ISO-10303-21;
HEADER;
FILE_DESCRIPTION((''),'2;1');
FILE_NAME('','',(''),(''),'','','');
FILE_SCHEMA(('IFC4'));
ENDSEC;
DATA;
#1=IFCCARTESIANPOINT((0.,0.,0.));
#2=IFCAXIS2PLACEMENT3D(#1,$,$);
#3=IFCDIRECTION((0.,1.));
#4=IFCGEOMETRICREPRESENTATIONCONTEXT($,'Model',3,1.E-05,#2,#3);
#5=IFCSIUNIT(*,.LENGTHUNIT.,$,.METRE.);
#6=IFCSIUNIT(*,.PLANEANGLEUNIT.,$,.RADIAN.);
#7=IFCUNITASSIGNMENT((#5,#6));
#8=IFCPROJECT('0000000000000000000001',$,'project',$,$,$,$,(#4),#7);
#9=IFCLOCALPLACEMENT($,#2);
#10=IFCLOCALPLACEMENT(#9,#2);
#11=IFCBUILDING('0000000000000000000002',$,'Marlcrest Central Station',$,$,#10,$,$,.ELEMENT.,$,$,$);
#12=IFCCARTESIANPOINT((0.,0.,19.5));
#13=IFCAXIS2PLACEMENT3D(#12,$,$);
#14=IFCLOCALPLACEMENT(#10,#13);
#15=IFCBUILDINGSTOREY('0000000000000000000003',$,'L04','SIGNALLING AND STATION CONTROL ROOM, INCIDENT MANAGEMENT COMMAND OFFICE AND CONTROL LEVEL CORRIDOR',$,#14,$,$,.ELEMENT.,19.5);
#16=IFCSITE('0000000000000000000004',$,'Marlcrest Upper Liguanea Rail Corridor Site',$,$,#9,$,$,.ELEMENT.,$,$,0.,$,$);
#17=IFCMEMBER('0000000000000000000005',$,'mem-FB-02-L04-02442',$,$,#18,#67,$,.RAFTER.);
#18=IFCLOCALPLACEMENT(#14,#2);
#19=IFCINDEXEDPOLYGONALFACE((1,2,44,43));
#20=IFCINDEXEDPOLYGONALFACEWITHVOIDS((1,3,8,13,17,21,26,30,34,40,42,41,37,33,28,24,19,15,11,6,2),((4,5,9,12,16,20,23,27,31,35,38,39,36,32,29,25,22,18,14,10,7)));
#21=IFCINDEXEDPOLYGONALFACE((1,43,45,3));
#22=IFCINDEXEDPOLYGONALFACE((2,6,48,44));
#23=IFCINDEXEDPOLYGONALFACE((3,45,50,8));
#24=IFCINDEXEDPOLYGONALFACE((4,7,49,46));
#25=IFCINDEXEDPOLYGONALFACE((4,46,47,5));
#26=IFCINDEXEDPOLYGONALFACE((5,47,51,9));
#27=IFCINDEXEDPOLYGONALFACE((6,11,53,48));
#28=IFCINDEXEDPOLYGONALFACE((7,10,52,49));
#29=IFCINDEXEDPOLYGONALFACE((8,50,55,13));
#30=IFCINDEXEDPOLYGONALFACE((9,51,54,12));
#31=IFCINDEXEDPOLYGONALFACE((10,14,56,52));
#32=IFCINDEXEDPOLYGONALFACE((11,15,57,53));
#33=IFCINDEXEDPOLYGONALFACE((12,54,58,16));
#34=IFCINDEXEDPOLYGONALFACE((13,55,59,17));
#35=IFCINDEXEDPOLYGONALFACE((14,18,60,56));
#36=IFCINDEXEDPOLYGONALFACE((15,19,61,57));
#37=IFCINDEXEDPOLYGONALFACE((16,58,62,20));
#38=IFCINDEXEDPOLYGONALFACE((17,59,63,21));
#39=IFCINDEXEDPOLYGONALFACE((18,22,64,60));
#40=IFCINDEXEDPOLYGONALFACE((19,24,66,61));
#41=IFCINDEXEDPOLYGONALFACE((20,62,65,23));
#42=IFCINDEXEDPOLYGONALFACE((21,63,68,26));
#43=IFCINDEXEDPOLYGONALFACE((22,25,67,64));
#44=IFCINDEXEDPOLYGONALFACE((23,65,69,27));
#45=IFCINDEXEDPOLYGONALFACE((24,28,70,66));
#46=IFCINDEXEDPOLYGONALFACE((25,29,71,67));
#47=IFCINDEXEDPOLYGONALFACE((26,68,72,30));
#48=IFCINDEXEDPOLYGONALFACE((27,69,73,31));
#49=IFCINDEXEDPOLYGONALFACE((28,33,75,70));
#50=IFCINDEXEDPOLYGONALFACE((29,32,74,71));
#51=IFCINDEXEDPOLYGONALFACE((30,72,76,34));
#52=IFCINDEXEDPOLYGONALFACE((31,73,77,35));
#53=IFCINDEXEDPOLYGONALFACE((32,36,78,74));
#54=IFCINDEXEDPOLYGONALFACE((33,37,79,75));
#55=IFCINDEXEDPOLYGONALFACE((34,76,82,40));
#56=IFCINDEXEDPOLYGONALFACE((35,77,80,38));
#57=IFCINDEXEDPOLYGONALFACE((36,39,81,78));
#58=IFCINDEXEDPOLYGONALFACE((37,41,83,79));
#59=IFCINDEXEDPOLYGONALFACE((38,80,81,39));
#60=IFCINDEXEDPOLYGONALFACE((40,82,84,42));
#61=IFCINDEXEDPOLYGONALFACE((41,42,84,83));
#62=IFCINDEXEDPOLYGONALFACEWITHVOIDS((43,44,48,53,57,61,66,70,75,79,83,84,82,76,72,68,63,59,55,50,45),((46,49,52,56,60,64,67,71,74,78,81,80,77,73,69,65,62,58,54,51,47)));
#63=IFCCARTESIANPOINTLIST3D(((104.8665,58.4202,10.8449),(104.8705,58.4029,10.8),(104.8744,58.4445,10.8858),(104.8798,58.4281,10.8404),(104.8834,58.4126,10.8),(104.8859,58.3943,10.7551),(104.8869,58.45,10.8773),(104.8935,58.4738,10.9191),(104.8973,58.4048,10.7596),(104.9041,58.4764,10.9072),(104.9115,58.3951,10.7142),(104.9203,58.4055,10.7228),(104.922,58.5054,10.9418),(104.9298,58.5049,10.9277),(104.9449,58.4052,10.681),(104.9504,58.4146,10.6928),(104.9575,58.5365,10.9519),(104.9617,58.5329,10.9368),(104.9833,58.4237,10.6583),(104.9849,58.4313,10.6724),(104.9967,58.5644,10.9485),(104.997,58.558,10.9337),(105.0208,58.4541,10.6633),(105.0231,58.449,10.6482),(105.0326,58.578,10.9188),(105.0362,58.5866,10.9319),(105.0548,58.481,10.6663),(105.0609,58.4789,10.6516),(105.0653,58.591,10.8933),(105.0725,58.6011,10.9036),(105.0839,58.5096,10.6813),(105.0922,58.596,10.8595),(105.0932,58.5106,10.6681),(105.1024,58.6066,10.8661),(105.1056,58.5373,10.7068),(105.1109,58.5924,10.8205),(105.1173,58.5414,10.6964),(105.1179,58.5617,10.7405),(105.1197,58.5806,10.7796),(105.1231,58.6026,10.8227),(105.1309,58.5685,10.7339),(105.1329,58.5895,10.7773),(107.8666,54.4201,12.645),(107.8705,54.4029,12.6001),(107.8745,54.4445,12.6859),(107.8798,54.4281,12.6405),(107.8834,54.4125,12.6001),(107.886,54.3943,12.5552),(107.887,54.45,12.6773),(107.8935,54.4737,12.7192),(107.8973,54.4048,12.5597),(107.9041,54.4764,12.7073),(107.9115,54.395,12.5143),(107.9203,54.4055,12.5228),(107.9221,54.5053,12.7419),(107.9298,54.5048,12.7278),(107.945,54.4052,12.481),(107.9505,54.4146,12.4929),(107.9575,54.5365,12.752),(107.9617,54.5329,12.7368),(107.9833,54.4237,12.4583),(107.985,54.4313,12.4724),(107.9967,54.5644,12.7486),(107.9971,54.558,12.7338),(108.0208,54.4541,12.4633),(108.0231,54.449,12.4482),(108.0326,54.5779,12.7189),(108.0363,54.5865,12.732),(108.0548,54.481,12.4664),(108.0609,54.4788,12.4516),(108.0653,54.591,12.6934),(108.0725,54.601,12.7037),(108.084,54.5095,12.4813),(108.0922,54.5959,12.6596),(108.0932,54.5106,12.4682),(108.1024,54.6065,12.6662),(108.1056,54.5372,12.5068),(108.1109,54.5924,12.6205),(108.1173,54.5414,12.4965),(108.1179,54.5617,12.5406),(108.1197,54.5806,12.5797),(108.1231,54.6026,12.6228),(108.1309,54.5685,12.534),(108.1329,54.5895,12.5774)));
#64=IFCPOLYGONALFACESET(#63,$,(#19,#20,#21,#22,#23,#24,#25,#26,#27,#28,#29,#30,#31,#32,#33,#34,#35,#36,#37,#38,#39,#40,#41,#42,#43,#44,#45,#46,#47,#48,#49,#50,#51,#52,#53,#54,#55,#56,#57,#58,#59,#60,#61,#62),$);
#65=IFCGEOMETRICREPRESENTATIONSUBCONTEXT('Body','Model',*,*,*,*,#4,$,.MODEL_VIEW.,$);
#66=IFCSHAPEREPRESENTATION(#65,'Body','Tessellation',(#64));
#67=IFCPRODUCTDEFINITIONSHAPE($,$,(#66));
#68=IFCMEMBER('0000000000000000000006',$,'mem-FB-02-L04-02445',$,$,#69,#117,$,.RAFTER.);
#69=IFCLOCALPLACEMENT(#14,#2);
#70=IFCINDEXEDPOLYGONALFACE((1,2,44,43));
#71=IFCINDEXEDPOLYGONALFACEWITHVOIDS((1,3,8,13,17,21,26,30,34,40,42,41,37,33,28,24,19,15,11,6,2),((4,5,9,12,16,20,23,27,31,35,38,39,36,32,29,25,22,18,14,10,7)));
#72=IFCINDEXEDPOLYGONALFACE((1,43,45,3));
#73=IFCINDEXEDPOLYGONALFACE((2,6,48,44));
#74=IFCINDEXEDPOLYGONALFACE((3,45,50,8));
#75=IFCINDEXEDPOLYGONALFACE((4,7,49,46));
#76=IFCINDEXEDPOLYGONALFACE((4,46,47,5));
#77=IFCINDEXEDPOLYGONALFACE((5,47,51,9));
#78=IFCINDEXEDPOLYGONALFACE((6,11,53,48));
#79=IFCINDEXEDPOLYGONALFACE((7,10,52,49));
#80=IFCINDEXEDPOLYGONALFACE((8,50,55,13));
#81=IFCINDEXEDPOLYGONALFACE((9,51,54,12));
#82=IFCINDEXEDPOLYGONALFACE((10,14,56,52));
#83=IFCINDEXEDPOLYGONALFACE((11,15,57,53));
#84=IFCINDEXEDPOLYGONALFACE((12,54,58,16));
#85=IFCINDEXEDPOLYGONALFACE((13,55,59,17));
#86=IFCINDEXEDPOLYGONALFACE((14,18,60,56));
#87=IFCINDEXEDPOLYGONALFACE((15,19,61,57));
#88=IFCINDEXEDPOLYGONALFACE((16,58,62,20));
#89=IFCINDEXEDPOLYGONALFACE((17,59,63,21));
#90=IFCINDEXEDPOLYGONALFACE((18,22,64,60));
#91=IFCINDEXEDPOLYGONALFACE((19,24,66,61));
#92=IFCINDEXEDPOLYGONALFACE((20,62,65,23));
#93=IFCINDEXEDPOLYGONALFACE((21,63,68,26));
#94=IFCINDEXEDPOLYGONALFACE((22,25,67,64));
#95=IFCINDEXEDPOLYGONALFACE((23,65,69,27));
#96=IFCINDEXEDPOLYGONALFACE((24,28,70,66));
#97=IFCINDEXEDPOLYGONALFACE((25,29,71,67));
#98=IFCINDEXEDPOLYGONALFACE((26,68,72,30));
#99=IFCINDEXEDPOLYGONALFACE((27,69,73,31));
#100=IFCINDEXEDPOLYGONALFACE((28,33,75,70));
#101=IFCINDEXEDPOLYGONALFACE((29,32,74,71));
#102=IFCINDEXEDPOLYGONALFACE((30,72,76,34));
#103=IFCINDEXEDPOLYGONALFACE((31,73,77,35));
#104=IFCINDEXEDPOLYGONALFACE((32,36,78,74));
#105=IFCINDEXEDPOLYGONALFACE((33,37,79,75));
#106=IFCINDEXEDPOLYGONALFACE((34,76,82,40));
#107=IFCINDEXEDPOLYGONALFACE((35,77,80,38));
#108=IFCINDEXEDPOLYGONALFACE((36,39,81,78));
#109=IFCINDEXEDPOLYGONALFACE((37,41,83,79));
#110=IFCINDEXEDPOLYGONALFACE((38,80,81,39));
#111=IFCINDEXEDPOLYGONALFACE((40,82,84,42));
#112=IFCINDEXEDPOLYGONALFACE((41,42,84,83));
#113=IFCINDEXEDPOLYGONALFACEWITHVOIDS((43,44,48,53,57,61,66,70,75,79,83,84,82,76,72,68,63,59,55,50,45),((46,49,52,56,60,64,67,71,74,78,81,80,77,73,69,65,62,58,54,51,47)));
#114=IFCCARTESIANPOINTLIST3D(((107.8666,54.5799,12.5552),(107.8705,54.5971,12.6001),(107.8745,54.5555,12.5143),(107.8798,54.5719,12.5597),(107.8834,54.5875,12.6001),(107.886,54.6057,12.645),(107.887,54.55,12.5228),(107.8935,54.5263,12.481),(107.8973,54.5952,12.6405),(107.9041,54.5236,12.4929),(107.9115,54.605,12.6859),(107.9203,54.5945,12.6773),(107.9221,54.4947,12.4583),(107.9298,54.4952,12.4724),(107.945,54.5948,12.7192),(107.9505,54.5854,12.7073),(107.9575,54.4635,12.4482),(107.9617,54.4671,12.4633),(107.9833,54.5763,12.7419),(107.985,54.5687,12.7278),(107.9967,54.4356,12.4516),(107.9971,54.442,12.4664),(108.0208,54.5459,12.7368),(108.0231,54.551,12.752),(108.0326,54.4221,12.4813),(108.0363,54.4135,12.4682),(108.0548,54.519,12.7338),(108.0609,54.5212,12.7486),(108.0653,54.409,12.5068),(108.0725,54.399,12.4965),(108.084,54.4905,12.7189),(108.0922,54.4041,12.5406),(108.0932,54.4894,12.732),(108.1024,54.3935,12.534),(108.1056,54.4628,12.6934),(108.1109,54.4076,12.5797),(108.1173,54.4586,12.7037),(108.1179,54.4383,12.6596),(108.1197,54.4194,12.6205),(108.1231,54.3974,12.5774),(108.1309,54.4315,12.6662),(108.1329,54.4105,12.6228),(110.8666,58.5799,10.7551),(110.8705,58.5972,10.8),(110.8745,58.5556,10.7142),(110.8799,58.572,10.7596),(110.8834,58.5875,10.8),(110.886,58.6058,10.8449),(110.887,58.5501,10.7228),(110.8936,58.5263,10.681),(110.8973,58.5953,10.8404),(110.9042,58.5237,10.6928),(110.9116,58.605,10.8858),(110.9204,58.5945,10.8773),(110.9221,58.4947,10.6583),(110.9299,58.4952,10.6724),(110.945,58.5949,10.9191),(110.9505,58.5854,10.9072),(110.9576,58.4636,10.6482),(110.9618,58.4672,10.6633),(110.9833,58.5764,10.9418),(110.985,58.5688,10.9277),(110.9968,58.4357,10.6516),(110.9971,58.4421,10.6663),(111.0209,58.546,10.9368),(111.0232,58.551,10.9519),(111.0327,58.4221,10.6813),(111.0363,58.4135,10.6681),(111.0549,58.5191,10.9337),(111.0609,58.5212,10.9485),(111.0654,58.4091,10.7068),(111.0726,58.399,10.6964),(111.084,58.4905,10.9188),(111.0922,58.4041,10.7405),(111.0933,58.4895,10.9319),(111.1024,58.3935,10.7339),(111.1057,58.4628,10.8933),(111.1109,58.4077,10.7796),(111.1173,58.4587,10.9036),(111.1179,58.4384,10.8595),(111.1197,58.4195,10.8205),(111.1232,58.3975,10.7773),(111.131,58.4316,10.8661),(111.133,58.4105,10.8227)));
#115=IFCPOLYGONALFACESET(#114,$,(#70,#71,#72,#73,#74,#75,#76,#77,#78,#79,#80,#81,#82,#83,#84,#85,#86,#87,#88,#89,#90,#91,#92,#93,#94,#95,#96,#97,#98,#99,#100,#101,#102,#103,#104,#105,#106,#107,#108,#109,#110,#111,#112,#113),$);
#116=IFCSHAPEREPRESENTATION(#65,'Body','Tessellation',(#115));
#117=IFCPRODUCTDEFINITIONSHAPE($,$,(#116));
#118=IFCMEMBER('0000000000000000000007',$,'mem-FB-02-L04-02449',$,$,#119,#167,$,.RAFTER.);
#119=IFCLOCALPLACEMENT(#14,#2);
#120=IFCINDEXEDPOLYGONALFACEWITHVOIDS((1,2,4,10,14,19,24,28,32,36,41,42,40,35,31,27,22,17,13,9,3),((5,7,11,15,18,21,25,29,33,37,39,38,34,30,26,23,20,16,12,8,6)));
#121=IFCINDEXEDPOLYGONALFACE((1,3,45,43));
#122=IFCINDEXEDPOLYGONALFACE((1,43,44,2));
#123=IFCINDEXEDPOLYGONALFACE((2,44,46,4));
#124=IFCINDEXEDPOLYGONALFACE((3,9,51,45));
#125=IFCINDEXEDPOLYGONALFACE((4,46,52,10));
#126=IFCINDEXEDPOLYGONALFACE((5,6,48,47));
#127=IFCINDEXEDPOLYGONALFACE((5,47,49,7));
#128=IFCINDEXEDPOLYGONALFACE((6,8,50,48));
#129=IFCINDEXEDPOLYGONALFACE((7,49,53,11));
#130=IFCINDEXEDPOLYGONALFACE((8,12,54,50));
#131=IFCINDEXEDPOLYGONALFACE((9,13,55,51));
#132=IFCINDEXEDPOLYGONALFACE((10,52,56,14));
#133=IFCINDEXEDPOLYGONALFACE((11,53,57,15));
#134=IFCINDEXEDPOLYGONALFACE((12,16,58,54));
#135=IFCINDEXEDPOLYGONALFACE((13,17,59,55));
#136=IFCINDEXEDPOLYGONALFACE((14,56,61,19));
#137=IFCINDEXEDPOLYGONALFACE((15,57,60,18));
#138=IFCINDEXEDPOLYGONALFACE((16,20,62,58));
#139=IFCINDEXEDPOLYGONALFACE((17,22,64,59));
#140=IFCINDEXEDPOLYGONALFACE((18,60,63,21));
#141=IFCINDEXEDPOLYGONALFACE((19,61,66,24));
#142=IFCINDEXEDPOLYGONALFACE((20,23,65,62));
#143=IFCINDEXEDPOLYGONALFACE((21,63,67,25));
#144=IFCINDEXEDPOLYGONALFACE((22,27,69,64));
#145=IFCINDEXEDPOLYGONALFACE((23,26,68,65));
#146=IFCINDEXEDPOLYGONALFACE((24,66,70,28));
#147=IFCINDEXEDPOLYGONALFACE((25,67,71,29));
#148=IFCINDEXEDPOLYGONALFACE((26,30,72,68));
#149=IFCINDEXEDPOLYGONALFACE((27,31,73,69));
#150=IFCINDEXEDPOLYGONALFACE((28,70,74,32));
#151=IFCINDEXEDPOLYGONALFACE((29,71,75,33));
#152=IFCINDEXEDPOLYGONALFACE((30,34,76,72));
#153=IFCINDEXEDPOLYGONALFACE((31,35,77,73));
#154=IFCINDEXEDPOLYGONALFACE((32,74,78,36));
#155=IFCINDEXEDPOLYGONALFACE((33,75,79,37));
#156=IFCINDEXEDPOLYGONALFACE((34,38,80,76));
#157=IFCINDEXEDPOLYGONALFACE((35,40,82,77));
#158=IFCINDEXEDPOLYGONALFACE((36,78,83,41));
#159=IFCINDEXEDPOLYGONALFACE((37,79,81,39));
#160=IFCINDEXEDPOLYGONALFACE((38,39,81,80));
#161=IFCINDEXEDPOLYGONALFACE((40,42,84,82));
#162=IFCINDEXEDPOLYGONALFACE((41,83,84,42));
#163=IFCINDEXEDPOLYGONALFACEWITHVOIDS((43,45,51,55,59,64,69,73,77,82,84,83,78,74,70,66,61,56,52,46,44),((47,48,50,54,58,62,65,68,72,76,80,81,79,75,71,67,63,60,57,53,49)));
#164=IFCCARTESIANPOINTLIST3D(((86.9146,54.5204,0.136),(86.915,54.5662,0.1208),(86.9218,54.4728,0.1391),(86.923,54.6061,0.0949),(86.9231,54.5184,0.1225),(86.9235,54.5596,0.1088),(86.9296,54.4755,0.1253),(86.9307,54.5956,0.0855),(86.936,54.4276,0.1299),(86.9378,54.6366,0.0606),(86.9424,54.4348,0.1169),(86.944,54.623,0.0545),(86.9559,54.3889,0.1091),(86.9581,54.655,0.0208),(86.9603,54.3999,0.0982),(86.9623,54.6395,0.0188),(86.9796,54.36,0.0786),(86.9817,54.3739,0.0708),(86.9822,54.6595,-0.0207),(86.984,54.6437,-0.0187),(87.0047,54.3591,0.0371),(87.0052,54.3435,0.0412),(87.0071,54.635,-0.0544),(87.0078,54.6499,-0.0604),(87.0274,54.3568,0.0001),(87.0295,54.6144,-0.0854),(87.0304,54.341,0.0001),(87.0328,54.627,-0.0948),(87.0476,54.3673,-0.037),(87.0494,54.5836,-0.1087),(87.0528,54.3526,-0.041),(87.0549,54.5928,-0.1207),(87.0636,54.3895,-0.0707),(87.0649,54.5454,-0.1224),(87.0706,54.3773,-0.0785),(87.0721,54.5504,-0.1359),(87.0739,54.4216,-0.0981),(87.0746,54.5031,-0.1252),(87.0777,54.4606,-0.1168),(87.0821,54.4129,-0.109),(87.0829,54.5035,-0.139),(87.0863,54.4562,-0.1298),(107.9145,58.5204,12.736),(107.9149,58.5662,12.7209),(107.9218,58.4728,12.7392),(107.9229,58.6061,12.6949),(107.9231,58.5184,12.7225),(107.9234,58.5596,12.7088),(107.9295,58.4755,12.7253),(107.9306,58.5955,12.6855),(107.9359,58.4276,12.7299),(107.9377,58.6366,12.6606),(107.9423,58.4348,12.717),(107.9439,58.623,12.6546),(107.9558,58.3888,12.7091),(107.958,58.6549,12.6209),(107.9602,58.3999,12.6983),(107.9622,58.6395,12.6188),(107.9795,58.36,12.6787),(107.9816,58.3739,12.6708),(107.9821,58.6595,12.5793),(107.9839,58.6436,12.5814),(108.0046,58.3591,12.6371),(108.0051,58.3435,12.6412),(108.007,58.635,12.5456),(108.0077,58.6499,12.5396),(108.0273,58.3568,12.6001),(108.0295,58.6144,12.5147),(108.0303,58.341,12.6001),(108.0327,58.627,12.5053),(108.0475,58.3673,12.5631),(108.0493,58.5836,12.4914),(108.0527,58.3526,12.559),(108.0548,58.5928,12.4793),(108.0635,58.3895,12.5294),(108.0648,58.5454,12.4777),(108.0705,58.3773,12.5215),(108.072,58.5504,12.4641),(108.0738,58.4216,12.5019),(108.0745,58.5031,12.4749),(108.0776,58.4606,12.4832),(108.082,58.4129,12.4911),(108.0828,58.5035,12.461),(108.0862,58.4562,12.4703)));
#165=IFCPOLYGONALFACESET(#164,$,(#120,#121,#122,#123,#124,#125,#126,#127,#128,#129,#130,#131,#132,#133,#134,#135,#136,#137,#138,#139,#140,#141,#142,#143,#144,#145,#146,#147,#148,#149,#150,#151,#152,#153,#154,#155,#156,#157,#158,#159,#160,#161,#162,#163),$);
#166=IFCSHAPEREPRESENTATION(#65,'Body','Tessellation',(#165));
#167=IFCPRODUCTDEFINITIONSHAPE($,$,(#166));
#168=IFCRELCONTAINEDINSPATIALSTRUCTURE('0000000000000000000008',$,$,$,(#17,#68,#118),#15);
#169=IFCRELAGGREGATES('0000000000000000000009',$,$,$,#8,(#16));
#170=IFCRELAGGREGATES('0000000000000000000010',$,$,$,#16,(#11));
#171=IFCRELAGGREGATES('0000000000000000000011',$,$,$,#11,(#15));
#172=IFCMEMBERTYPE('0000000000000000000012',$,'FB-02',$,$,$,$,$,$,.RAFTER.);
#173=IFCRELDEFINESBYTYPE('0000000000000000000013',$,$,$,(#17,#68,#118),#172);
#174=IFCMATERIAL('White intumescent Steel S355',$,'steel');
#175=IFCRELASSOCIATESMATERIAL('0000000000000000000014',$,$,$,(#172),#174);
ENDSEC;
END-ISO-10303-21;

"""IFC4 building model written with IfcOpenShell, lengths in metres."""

from ifc_helpers import new_model, si_unit, direction, frame, origin, origin_2d, place, context, subcontext, project, spatial, hollow_circle, extrude, material, material_profile, profile_set, type_object, element, save


model = new_model("IFC4")

# Units and contexts
model_context = context("Model", 3, precision=1e-05, world=origin(), true_north=direction((0.0, 1.0)))
body_context = subcontext(model_context, "Body", "Model", "MODEL_VIEW")
ifc_project = project(units=[si_unit("LENGTHUNIT", "METRE"), si_unit("PLANEANGLEUNIT", "RADIAN")], contexts=[model_context])

# Site, building, storey
site_placement = place(None, origin())
site = spatial("IfcSite", under=ifc_project, at=site_placement, Name="Marlcrest Upper Liguanea Rail Corridor Site", CompositionType="ELEMENT", RefElevation=0.0)
building_placement = place(site_placement, origin())
building = spatial("IfcBuilding", under=site, at=building_placement, Name="Marlcrest Central Station", CompositionType="ELEMENT")
storey_placement = place(building_placement, frame((0.0, 0.0, 19.5)))
storey = spatial("IfcBuildingStorey", under=building, at=storey_placement, Name="L04", Description="SIGNALLING AND STATION CONTROL ROOM, INCIDENT MANAGEMENT COMMAND OFFICE AND CONTROL LEVEL CORRIDOR", CompositionType="ELEMENT", Elevation=19.5)

# Members
ifc_material_1 = material(Name="White intumescent Steel S355", Category="steel")
ifc_material_profile_1 = material_profile(ifc_material_1, hollow_circle(Radius=0.1619, WallThickness=0.0161, at=origin_2d()), Name="CHS 323.9x16")
ifc_profile_set_1 = profile_set([ifc_material_profile_1], Name="White intumescent Steel S355")
member_type_1 = type_object("IfcMemberType", Name="FB-02", PredefinedType="RAFTER", material=ifc_profile_set_1)
for number, where, z_axis, x_axis, name in (
    (1, (108.0, 54.5, 12.6001), (-0.564531, 0.752708, -0.338728), (-0.8, -0.6, 0.0), "mem-FB-02-L04-02442"),
    (2, (108.0, 54.5, 12.6001), (0.564531, 0.752708, -0.338728), (-0.8, 0.6, 0.0), "mem-FB-02-L04-02445"),
):
    element("IfcMember", number, at=place(storey_placement, frame(where, z_axis=z_axis, x_axis=x_axis)), inside=storey, type_object=member_type_1, Name=name, PredefinedType="RAFTER", context=body_context, shape_type="SweptSolid", body=[
        extrude(hollow_circle(Radius=0.1619, WallThickness=0.0161, at=origin_2d()), origin(), (0.0, 0.0, 1.0), 5.3142),
    ])
for number, where, z_axis, x_axis, name in (
    (3, (108.0, 58.5, 12.6001), (-0.846277, -0.161196, -0.50777), (0.187112, -0.982339, 0.0), "mem-FB-02-L04-02449"),
):
    element("IfcMember", number, at=place(storey_placement, frame(where, z_axis=z_axis, x_axis=x_axis)), inside=storey, type_object=member_type_1, Name=name, PredefinedType="RAFTER", context=body_context, shape_type="SweptSolid", body=[
        extrude(hollow_circle(Radius=0.1619, WallThickness=0.0161, at=origin_2d()), origin(), (0.0, 0.0, 1.0), 24.8145),
    ])

save(model, "model.ifc")
